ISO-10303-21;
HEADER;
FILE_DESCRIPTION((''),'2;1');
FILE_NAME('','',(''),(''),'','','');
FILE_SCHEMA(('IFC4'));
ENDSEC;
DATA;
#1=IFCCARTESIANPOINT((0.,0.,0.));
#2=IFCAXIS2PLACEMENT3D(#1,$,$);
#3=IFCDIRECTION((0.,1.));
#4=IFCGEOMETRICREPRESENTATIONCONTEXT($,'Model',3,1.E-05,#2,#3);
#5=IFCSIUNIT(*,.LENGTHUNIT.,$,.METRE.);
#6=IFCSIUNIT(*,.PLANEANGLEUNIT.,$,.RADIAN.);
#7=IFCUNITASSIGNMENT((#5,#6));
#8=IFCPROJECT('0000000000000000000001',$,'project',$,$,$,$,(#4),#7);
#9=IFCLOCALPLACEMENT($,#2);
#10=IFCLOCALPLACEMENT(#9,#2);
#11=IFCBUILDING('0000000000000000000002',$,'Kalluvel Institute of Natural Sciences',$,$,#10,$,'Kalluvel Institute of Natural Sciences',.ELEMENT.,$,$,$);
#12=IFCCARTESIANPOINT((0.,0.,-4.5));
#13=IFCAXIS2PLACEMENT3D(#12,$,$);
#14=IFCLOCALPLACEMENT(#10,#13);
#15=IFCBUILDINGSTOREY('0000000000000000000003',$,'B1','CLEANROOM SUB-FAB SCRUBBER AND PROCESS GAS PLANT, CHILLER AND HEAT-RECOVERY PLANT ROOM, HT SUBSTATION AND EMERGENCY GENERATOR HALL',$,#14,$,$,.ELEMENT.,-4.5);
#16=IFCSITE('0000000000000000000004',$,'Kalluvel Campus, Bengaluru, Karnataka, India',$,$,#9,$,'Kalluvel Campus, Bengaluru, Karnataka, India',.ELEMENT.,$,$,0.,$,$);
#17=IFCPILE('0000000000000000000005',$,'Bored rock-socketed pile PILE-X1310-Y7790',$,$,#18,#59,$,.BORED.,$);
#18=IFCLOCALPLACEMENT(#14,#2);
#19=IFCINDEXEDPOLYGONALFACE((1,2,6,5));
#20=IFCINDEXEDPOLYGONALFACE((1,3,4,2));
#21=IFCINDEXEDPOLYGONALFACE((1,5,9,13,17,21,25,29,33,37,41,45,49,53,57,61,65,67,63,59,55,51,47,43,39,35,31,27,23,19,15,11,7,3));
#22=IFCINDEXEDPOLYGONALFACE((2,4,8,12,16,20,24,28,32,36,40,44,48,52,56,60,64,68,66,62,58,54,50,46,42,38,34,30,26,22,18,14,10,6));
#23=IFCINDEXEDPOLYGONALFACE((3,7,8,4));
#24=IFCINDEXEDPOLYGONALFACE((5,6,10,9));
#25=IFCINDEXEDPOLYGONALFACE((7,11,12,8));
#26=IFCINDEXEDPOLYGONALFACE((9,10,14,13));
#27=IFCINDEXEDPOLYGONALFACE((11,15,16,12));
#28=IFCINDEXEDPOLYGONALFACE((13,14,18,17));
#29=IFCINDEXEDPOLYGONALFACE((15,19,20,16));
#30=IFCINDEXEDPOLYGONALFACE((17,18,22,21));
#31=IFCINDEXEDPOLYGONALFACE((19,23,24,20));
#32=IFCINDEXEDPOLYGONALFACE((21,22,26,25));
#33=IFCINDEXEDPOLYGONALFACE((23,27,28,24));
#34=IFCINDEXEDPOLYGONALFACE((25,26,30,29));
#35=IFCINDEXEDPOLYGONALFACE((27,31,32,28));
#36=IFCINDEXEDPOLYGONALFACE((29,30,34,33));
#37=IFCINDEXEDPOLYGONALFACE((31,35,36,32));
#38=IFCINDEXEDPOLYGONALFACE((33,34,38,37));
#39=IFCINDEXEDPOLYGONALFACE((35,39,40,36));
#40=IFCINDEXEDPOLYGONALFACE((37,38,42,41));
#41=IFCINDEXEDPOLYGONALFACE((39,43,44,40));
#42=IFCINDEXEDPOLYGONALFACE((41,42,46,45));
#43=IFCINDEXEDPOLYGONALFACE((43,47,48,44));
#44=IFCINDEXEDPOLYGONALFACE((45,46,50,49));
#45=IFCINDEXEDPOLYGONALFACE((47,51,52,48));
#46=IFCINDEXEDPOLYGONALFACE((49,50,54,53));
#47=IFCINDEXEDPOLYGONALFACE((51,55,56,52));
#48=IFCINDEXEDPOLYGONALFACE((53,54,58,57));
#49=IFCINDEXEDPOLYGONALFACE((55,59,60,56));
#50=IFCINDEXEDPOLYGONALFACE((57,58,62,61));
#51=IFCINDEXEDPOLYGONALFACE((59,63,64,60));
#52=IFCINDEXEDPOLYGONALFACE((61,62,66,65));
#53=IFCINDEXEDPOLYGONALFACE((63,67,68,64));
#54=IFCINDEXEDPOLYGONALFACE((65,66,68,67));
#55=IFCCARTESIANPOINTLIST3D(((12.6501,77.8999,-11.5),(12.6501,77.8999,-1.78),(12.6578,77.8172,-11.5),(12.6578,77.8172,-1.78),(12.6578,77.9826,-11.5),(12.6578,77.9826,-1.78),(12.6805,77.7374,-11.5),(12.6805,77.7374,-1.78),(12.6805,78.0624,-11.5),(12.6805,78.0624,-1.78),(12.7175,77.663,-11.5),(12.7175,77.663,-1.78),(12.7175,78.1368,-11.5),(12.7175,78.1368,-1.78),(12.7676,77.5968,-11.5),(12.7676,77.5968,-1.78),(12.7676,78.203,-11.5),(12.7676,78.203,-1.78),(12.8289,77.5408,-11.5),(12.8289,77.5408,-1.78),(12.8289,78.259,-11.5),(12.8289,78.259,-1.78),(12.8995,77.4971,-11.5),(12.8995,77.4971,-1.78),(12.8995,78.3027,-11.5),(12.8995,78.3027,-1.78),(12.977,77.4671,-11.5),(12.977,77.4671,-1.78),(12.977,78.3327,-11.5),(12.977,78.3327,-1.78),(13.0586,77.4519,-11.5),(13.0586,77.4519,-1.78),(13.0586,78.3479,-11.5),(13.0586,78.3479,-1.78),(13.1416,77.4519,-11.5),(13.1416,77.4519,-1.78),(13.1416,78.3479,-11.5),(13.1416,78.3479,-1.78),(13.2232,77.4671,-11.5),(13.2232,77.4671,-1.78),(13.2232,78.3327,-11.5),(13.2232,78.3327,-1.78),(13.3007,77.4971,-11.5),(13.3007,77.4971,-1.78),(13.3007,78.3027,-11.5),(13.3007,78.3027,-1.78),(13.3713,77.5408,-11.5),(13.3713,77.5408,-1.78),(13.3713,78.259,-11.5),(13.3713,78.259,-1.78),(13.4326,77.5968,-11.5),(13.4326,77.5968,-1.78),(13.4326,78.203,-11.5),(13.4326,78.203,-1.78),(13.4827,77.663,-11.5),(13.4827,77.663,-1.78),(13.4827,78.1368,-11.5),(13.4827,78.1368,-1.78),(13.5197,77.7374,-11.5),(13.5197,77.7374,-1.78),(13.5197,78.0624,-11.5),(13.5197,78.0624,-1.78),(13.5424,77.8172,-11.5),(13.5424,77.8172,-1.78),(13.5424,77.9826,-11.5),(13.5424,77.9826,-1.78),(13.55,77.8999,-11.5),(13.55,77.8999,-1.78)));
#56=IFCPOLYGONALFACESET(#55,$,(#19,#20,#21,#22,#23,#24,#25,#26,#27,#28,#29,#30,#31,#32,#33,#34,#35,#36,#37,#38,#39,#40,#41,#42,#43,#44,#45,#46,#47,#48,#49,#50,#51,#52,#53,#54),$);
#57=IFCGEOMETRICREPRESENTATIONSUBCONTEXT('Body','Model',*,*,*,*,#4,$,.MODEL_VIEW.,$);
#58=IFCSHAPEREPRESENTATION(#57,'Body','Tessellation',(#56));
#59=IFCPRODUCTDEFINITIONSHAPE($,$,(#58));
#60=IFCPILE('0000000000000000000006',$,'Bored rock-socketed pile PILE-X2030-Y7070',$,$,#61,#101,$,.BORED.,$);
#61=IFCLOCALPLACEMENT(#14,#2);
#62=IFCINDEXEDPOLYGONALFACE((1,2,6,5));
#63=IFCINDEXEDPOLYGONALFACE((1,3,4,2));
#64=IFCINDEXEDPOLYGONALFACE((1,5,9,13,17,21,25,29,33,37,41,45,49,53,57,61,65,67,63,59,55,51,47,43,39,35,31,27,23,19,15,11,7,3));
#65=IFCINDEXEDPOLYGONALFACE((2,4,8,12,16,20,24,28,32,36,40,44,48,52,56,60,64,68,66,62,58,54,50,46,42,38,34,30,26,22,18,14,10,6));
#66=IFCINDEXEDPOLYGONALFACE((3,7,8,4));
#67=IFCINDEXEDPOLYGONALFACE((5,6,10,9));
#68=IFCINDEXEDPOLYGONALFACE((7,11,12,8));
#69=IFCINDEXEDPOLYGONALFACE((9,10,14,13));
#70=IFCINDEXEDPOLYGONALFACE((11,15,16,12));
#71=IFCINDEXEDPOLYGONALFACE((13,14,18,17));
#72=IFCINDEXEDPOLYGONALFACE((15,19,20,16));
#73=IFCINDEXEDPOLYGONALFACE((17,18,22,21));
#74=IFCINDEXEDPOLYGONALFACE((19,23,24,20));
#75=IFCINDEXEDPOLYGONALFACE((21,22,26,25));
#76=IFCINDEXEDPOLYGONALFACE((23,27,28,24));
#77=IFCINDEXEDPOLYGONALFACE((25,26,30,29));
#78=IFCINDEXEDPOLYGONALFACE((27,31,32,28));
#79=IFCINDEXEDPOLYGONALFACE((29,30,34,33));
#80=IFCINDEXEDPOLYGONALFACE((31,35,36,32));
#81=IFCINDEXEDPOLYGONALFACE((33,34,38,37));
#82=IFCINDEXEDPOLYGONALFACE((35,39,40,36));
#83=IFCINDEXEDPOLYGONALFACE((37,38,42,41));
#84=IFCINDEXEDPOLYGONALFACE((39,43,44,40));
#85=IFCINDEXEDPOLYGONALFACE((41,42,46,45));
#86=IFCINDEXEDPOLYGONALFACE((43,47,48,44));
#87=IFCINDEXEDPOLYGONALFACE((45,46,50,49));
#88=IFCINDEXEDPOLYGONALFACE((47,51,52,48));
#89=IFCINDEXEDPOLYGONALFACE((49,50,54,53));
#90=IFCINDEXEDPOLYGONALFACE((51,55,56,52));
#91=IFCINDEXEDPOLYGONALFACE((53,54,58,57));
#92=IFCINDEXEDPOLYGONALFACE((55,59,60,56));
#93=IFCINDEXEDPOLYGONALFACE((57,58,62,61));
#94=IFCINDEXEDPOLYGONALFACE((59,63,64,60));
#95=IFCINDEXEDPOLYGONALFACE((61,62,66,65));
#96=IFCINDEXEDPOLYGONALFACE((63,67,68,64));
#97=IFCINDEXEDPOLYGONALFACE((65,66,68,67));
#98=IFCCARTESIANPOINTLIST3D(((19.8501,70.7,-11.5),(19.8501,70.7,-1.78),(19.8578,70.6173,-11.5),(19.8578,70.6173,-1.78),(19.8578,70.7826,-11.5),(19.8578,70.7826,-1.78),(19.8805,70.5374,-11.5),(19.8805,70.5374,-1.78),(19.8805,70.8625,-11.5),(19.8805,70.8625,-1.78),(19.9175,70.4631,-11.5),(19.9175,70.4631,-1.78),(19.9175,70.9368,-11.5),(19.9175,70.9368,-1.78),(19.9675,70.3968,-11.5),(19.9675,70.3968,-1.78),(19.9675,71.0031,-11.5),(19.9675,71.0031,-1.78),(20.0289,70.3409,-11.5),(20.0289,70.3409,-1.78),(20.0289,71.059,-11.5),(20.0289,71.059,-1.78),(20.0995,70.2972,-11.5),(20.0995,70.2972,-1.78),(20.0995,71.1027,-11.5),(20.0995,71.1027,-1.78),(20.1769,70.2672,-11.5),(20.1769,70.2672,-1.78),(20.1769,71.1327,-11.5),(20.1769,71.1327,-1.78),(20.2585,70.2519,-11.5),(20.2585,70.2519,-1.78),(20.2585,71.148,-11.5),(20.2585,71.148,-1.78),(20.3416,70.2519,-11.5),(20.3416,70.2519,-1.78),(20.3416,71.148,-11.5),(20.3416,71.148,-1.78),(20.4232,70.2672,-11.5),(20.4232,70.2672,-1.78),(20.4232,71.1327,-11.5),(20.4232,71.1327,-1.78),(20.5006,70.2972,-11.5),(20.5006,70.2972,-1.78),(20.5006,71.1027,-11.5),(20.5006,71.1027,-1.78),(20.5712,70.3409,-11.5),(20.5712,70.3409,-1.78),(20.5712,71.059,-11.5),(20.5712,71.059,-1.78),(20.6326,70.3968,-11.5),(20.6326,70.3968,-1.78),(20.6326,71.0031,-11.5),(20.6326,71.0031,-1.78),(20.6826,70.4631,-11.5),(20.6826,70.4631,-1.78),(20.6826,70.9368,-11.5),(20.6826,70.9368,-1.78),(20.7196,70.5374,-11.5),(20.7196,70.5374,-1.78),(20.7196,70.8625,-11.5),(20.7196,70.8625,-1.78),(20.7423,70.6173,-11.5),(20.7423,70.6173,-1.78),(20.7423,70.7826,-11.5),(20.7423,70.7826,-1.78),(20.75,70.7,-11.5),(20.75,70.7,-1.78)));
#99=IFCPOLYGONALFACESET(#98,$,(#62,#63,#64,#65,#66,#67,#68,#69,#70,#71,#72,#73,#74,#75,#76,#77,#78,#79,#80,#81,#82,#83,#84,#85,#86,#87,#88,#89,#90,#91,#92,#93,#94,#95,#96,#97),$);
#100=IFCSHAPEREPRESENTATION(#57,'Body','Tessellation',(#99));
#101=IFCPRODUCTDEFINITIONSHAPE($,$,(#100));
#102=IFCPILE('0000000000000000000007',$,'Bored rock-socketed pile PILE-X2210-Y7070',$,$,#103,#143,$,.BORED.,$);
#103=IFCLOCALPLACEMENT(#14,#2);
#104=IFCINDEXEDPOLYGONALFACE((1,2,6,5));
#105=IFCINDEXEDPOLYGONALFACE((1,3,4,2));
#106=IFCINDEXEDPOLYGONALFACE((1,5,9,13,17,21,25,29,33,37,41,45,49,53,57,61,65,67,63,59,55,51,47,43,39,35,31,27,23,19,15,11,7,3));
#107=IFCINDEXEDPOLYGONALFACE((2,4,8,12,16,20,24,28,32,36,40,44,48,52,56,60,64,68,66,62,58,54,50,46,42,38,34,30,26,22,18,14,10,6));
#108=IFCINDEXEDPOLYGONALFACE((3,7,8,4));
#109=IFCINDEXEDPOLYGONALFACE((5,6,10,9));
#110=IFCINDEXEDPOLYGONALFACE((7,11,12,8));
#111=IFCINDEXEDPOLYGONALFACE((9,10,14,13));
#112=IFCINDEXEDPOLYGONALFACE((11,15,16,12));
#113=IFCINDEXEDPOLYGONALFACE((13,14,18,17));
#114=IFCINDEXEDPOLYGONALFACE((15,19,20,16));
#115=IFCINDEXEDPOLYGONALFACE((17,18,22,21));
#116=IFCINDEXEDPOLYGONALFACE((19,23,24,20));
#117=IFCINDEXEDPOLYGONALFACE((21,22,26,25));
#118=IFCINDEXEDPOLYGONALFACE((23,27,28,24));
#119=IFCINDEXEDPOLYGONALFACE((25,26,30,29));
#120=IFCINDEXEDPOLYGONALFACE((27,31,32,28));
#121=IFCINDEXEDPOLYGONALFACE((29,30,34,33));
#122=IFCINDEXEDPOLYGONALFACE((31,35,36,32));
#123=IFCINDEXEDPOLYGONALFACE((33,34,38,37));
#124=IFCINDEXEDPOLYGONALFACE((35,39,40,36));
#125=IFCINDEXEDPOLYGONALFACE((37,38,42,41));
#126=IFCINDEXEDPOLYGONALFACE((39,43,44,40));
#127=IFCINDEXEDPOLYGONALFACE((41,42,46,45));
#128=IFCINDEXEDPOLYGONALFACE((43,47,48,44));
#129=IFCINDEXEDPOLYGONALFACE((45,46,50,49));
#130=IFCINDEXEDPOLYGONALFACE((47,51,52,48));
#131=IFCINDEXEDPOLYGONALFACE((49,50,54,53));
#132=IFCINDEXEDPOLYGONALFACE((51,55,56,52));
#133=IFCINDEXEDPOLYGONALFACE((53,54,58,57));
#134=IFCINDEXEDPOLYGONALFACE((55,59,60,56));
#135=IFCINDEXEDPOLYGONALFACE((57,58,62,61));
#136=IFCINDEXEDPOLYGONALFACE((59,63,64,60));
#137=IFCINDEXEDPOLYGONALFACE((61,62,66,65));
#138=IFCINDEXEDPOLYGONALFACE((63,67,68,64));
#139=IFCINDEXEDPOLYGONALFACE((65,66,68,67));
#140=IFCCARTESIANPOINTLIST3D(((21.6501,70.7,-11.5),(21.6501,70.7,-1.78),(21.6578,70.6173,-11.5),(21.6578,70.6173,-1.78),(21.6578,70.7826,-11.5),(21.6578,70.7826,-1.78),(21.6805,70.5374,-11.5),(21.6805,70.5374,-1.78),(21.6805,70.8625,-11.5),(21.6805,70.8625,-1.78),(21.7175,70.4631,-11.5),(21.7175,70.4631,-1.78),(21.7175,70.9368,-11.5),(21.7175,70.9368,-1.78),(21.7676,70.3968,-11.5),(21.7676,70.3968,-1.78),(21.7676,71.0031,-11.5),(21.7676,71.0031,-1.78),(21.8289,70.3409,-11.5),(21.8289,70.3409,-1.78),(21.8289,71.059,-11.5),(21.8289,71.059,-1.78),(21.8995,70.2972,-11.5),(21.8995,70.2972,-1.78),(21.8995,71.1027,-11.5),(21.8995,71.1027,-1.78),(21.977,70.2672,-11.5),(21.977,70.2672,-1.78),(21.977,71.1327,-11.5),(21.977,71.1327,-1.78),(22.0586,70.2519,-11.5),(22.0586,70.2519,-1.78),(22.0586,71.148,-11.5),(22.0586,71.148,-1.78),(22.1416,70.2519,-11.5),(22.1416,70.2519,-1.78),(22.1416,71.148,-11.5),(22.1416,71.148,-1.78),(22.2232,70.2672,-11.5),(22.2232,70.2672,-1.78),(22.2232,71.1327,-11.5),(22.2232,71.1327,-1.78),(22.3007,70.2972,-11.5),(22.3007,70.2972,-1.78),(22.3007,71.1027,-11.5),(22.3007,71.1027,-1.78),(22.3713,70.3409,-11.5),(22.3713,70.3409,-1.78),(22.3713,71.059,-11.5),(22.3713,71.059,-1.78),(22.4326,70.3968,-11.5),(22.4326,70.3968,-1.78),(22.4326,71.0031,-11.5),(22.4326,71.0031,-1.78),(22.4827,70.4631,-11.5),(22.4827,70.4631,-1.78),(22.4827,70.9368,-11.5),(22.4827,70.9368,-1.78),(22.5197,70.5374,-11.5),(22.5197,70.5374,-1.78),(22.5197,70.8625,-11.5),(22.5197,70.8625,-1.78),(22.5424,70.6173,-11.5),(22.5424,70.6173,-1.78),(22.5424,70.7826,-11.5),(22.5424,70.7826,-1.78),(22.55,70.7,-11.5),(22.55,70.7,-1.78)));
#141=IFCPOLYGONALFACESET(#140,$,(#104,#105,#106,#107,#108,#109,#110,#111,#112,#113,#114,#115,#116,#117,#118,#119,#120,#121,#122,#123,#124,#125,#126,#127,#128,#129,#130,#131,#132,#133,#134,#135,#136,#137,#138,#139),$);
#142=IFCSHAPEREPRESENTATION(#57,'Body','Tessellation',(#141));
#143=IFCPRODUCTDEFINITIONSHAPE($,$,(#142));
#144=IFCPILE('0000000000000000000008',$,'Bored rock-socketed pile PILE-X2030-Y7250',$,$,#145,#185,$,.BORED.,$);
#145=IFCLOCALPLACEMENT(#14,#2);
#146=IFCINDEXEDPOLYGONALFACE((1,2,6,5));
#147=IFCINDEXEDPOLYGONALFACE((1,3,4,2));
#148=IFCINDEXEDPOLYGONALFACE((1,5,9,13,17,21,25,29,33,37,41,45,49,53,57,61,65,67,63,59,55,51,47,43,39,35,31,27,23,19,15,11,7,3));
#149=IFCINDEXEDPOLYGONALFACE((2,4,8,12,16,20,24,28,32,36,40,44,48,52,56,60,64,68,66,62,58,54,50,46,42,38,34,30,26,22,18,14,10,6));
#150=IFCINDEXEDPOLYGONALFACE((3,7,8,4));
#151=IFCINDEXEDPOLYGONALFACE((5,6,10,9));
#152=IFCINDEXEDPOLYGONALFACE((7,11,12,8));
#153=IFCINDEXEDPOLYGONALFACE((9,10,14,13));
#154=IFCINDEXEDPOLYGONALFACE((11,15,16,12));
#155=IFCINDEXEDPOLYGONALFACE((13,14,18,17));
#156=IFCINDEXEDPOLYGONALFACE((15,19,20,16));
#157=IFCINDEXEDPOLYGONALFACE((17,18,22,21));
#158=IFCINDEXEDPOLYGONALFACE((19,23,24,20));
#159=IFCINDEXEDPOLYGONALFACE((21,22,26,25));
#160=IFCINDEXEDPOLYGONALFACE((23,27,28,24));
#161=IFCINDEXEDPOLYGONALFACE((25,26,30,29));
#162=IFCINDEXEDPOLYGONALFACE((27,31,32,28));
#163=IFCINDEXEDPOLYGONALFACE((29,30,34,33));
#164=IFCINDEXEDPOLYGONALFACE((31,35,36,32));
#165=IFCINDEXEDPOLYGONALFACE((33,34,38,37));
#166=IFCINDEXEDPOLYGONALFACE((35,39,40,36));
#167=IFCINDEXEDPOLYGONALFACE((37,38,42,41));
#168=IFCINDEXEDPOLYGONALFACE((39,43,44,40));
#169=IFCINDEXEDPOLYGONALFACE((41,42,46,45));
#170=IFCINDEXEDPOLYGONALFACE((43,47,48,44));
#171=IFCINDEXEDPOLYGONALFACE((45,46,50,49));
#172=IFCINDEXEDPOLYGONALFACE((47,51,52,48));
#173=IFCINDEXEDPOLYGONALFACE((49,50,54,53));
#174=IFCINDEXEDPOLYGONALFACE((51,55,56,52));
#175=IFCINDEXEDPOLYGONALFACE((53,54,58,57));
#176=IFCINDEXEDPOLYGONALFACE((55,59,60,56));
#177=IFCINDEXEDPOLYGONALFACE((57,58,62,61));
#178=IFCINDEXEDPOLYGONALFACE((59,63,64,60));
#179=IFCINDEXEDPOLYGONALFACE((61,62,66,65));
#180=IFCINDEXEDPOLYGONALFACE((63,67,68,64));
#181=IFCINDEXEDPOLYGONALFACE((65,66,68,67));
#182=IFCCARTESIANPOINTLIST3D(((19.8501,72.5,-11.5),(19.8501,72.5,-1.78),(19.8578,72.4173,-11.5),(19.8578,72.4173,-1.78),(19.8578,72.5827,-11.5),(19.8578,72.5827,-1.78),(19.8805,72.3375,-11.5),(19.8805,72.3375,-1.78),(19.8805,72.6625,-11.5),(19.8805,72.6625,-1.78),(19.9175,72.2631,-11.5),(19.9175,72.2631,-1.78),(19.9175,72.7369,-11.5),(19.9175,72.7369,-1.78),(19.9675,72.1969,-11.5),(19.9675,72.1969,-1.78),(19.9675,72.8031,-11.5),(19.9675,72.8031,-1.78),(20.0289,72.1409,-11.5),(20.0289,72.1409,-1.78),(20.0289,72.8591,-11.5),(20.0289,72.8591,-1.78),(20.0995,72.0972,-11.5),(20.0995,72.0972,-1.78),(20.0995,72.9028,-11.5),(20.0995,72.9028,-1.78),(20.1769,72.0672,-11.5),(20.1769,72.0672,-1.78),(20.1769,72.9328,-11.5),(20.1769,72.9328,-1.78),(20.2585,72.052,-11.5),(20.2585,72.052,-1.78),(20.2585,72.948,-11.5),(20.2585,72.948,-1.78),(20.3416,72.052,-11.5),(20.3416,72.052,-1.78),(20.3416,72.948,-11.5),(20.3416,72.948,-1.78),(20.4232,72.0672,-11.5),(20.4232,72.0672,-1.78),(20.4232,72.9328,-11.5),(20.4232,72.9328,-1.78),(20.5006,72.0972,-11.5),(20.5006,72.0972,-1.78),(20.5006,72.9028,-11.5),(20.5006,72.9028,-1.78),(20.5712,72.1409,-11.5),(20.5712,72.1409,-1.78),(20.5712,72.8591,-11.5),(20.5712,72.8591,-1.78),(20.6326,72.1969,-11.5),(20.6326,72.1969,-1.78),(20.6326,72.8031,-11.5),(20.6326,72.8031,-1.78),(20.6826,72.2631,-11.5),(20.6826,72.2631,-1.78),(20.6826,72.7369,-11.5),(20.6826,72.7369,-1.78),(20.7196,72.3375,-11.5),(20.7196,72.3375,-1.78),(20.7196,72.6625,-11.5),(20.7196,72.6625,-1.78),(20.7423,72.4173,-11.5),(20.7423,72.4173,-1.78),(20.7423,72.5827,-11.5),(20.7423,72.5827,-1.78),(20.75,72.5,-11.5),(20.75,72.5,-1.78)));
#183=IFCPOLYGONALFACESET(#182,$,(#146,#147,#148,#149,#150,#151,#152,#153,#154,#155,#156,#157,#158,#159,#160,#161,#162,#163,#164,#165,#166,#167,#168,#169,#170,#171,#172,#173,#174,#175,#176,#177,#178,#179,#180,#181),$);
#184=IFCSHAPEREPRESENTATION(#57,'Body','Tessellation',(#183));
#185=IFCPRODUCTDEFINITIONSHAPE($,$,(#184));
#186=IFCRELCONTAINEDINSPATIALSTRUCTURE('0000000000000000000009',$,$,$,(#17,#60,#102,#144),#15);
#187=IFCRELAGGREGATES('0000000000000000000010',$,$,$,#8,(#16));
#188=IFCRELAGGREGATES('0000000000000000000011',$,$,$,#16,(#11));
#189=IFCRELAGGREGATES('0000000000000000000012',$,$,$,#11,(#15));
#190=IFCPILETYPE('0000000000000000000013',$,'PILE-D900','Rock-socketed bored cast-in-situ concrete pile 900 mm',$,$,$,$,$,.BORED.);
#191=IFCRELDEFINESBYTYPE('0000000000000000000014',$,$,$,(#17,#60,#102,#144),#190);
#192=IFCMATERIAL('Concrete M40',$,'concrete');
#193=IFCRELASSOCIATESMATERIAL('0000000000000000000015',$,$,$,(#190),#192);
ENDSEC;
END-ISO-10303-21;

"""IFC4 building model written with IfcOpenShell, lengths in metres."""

from ifc_helpers import new_model, si_unit, direction, frame, origin, origin_2d, place, context, subcontext, project, spatial, circle, extrude, material, material_profile, profile_set, type_object, element, save


model = new_model("IFC4")

# Units and contexts
model_context = context("Model", 3, precision=1e-05, world=origin(), true_north=direction((0.0, 1.0)))
body_context = subcontext(model_context, "Body", "Model", "MODEL_VIEW")
ifc_project = project(units=[si_unit("LENGTHUNIT", "METRE"), si_unit("PLANEANGLEUNIT", "RADIAN")], contexts=[model_context])

# Site, building, storey
site_placement = place(None, origin())
site = spatial("IfcSite", under=ifc_project, at=site_placement, Name="Kalluvel Campus, Bengaluru, Karnataka, India", LongName="Kalluvel Campus, Bengaluru, Karnataka, India", CompositionType="ELEMENT", RefElevation=0.0)
building_placement = place(site_placement, origin())
building = spatial("IfcBuilding", under=site, at=building_placement, Name="Kalluvel Institute of Natural Sciences", LongName="Kalluvel Institute of Natural Sciences", CompositionType="ELEMENT")
storey_placement = place(building_placement, frame((0.0, 0.0, -4.5)))
storey = spatial("IfcBuildingStorey", under=building, at=storey_placement, Name="B1", Description="CLEANROOM SUB-FAB SCRUBBER AND PROCESS GAS PLANT, CHILLER AND HEAT-RECOVERY PLANT ROOM, HT SUBSTATION AND EMERGENCY GENERATOR HALL", CompositionType="ELEMENT", Elevation=-4.5)

# Shared definitions
ifc_material_1 = material(Name="Concrete M40", Category="concrete")

# Piles
ifc_material_profile_1 = material_profile(ifc_material_1, circle(Radius=0.45, at=origin_2d()), Name="PILE D900")
ifc_profile_set_1 = profile_set([ifc_material_profile_1], Name="Concrete M40")
pile_type_1 = type_object("IfcPileType", Name="PILE-D900", Description="Rock-socketed bored cast-in-situ concrete pile 900 mm", PredefinedType="BORED", material=ifc_profile_set_1)
for number, where, z_axis, x_axis, name in (
    (1, (13.1001, 77.8999, -1.78), (0.0, 0.0, -1.0), (1.0, 0.0, 0.0), "Bored rock-socketed pile PILE-X1310-Y7790"),
    (2, (20.3, 70.7, -1.78), (0.0, 0.0, -1.0), (1.0, 0.0, 0.0), "Bored rock-socketed pile PILE-X2030-Y7070"),
    (3, (22.1001, 70.7, -1.78), (0.0, 0.0, -1.0), (1.0, 0.0, 0.0), "Bored rock-socketed pile PILE-X2210-Y7070"),
    (4, (20.3, 72.5, -1.78), (0.0, 0.0, -1.0), (1.0, 0.0, 0.0), "Bored rock-socketed pile PILE-X2030-Y7250"),
):
    element("IfcPile", number, at=place(storey_placement, frame(where, z_axis=z_axis, x_axis=x_axis)), inside=storey, type_object=pile_type_1, Name=name, PredefinedType="BORED", context=body_context, shape_type="SweptSolid", body=[
        extrude(circle(Radius=0.45, at=origin_2d()), origin(), (0.0, 0.0, 1.0), 9.72),
    ])

save(model, "model.ifc")
